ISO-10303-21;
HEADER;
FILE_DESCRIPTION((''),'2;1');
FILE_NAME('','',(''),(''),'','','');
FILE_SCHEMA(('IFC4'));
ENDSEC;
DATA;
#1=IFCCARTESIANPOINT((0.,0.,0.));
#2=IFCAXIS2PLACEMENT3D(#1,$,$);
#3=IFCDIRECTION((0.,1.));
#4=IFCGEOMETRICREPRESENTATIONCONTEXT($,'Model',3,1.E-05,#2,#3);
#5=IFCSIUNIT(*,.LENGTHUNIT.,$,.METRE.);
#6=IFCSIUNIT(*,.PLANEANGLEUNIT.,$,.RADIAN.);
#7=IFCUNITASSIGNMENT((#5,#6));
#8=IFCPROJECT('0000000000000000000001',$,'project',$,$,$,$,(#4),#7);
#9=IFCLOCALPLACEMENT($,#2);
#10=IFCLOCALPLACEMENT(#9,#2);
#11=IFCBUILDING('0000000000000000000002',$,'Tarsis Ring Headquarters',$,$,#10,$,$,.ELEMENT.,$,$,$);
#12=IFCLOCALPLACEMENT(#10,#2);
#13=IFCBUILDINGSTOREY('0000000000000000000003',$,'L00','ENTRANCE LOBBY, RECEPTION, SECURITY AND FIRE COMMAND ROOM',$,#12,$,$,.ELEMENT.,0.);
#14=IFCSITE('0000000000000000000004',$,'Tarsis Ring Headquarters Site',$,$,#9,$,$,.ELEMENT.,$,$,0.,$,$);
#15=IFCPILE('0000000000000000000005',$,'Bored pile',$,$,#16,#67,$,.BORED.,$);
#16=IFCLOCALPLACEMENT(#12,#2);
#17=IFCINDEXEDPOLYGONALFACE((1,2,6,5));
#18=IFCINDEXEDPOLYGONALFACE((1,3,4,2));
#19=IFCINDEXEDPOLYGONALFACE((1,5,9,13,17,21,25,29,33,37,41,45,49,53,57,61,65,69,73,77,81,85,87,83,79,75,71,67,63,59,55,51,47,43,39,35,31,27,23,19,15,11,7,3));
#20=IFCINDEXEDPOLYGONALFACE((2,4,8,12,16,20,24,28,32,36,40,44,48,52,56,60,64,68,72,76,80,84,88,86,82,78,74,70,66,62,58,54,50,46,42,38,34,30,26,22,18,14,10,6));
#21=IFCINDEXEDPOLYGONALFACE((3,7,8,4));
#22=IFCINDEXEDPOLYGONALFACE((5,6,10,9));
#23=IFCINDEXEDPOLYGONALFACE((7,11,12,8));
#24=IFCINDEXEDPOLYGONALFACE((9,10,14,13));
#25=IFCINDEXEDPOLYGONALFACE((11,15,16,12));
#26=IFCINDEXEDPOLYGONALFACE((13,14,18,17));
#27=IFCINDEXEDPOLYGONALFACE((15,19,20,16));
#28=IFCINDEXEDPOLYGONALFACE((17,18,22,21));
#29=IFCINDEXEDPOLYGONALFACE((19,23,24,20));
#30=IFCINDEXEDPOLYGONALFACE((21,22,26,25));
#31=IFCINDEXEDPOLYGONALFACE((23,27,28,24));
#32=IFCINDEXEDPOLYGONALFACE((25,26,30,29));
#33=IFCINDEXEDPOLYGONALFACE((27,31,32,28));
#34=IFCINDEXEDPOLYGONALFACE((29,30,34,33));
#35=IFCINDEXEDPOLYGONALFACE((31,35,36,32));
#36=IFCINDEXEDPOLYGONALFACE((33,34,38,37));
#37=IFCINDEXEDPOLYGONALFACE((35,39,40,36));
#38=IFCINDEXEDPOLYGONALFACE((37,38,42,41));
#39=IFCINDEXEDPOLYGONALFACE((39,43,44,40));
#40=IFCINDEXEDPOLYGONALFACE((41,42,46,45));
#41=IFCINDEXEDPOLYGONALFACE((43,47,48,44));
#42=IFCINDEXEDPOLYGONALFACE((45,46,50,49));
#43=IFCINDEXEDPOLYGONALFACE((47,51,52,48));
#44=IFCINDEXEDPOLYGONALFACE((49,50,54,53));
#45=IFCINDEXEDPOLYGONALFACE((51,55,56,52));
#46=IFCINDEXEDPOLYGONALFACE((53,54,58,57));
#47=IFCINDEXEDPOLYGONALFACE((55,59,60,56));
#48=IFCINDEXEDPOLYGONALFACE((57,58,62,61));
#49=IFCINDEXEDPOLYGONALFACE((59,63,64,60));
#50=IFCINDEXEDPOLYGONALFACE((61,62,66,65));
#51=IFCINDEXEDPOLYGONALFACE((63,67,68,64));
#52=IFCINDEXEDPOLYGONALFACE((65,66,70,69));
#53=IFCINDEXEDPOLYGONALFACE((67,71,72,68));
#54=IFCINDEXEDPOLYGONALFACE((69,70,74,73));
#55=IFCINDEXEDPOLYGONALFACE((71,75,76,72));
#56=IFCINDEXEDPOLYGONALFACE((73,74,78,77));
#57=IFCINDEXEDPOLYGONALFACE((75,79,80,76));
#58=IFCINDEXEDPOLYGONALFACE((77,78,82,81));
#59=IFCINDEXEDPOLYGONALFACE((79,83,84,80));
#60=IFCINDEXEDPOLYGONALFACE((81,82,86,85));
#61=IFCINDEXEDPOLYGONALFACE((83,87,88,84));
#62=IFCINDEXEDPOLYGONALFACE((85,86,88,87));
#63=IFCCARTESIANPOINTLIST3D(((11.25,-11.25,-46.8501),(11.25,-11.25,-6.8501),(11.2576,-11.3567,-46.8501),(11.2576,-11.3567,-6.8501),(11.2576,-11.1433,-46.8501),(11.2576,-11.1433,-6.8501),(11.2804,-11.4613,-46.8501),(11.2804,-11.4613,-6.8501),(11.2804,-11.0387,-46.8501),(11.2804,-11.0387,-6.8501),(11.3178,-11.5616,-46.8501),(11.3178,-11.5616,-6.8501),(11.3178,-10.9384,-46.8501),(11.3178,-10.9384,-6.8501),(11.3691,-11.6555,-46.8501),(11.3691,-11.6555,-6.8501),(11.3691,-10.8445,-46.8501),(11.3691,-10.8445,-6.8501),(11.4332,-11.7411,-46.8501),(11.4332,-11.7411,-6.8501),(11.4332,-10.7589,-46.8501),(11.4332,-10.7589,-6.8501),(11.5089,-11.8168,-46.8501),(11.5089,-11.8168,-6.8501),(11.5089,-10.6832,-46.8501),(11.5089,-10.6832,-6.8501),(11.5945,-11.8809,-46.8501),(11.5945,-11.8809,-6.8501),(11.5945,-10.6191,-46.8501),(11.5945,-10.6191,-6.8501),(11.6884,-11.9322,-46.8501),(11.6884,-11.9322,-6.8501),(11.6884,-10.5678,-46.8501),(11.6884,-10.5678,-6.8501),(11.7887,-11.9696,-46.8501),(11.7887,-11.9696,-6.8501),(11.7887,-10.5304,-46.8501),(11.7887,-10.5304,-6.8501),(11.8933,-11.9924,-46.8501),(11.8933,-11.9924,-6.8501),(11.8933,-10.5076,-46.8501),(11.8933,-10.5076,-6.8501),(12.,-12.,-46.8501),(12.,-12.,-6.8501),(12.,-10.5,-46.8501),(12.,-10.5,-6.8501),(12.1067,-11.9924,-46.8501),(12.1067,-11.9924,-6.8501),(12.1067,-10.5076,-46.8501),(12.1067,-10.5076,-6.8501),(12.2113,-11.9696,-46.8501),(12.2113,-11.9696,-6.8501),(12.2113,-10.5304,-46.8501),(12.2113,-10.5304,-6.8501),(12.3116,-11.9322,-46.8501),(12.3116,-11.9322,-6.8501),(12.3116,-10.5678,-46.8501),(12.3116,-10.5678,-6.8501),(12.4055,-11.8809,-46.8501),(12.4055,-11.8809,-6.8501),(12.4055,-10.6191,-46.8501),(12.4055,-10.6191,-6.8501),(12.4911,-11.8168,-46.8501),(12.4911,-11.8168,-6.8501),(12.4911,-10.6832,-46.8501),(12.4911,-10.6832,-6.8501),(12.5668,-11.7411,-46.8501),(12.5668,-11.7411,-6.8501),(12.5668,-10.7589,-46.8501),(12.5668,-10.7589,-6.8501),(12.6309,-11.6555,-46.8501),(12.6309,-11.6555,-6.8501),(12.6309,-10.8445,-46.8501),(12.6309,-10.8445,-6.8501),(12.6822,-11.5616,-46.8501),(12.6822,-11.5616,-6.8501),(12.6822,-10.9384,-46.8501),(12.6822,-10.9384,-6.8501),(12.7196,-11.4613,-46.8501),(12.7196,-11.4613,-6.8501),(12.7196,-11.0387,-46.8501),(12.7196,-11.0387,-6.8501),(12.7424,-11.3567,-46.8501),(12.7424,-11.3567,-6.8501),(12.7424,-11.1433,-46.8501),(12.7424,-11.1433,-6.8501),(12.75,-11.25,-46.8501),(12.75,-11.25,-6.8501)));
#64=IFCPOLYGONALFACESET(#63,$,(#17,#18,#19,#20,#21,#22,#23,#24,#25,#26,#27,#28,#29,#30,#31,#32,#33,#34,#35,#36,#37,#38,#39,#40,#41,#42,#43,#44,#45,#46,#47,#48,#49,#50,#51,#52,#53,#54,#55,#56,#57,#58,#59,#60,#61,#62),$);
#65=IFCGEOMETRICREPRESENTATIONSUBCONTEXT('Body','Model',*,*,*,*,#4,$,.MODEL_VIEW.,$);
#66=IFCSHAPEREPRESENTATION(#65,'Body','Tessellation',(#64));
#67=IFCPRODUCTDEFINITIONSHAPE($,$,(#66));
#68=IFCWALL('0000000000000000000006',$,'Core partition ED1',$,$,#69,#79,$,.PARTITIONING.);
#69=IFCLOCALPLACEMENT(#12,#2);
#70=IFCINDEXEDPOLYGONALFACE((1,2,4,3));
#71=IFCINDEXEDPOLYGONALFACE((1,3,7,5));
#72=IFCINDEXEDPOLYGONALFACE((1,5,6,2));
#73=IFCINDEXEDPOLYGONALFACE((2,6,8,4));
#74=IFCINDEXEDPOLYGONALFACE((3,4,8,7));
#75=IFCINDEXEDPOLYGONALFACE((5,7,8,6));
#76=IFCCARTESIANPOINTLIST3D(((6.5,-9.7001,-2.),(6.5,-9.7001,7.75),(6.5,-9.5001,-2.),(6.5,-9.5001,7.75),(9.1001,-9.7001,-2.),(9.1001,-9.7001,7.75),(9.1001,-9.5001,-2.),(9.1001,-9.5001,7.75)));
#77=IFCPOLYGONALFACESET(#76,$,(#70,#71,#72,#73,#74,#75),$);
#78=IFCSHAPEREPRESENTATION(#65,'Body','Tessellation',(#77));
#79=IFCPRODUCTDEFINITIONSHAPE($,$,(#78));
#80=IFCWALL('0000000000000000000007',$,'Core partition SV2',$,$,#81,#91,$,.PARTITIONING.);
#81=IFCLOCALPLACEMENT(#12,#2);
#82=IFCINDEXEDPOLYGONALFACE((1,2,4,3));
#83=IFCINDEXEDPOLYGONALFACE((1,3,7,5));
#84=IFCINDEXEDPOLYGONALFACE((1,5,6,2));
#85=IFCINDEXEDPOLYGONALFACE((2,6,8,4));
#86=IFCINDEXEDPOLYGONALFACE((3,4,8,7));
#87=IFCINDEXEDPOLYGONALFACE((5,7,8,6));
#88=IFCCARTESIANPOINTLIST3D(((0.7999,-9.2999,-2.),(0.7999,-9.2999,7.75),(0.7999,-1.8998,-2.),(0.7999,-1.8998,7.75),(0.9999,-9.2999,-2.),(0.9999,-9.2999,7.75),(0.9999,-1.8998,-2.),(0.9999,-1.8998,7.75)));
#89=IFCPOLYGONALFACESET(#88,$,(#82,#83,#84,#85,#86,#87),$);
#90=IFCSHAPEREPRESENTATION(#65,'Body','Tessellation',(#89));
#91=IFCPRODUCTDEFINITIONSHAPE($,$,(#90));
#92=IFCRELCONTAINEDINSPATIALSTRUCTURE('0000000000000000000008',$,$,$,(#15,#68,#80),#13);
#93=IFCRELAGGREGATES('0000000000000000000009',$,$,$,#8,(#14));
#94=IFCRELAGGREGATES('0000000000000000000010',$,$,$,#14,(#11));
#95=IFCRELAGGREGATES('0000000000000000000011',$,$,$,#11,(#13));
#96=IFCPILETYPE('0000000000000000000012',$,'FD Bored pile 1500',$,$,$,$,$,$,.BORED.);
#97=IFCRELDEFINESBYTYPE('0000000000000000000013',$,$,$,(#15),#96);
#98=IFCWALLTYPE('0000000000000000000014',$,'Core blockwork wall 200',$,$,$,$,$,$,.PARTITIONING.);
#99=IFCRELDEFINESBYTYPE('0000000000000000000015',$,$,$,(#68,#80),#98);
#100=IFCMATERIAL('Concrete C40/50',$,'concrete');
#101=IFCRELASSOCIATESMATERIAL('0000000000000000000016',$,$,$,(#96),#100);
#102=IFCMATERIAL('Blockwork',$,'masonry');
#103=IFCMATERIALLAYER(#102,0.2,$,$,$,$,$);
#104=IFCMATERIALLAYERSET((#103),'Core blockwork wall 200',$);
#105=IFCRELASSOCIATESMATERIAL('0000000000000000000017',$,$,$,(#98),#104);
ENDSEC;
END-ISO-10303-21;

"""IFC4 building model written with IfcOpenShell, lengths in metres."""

from ifc_helpers import new_model, si_unit, direction, frame, frame_2d, origin, origin_2d, place, context, subcontext, project, spatial, rectangle, circle, extrude, material, layer, layer_set, material_profile, profile_set, type_object, element, save


model = new_model("IFC4")

# Units and contexts
model_context = context("Model", 3, precision=1e-05, world=origin(), true_north=direction((0.0, 1.0)))
body_context = subcontext(model_context, "Body", "Model", "MODEL_VIEW")
ifc_project = project(units=[si_unit("LENGTHUNIT", "METRE"), si_unit("PLANEANGLEUNIT", "RADIAN")], contexts=[model_context])

# Site, building, storey
site_placement = place(None, origin())
site = spatial("IfcSite", under=ifc_project, at=site_placement, Name="Tarsis Ring Headquarters Site", CompositionType="ELEMENT", RefElevation=0.0)
building_placement = place(site_placement, origin())
building = spatial("IfcBuilding", under=site, at=building_placement, Name="Tarsis Ring Headquarters", CompositionType="ELEMENT")
storey_placement = place(building_placement, origin())
storey = spatial("IfcBuildingStorey", under=building, at=storey_placement, Name="L00", Description="ENTRANCE LOBBY, RECEPTION, SECURITY AND FIRE COMMAND ROOM", CompositionType="ELEMENT", Elevation=0.0)

# Pile
ifc_material_1 = material(Name="Concrete C40/50", Category="concrete")
ifc_material_profile = material_profile(ifc_material_1, circle(Radius=0.75, at=origin_2d()), Name="BORED 1500")
ifc_profile_set = profile_set([ifc_material_profile], Name="Concrete C40/50")
pile_type = type_object("IfcPileType", Name="FD Bored pile 1500", PredefinedType="BORED", material=ifc_profile_set)
for number, where, z_axis, x_axis, name in (
    (1, (12.0, -11.25, -6.8501), (0.0, 0.0, -1.0), (1.0, 0.0, 0.0), "Bored pile"),
):
    element("IfcPile", number, at=place(storey_placement, frame(where, z_axis=z_axis, x_axis=x_axis)), inside=storey, type_object=pile_type, Name=name, PredefinedType="BORED", context=body_context, shape_type="SweptSolid", body=[
        extrude(circle(Radius=0.75, at=origin_2d()), origin(), (0.0, 0.0, 1.0), 40.0),
    ])

# Walls
ifc_material_2 = material(Name="Blockwork", Category="masonry")
ifc_layer_1 = layer(ifc_material_2, 0.2)
ifc_layer_set_1 = layer_set([ifc_layer_1], Name="Core blockwork wall 200")
wall_type_1 = type_object("IfcWallType", Name="Core blockwork wall 200", PredefinedType="PARTITIONING", material=ifc_layer_set_1)
wall_1_placement = place(storey_placement, frame((6.5, -9.6001, -2.0), z_axis=(0.0, 0.0, 1.0), x_axis=(1.0, 0.0, 0.0)))
element("IfcWall", 2, at=wall_1_placement, inside=storey, type_object=wall_type_1, Name="Core partition ED1", PredefinedType="PARTITIONING", context=body_context, shape_type="SweptSolid", body=[
    extrude(rectangle(XDim=2.6001, YDim=0.2, at=frame_2d((1.3, 0.0))), origin(), (0.0, 0.0, 1.0), 9.75),
])
wall_2_placement = place(storey_placement, frame((0.8999, -9.3, -2.0), z_axis=(0.0, 0.0, 1.0), x_axis=(0.0, 1.0, 0.0)))
element("IfcWall", 3, at=wall_2_placement, inside=storey, type_object=wall_type_1, Name="Core partition SV2", PredefinedType="PARTITIONING", context=body_context, shape_type="SweptSolid", body=[
    extrude(rectangle(XDim=7.4001, YDim=0.2, at=frame_2d((3.7002, 0.0))), origin(), (0.0, 0.0, 1.0), 9.75),
])

save(model, "model.ifc")
